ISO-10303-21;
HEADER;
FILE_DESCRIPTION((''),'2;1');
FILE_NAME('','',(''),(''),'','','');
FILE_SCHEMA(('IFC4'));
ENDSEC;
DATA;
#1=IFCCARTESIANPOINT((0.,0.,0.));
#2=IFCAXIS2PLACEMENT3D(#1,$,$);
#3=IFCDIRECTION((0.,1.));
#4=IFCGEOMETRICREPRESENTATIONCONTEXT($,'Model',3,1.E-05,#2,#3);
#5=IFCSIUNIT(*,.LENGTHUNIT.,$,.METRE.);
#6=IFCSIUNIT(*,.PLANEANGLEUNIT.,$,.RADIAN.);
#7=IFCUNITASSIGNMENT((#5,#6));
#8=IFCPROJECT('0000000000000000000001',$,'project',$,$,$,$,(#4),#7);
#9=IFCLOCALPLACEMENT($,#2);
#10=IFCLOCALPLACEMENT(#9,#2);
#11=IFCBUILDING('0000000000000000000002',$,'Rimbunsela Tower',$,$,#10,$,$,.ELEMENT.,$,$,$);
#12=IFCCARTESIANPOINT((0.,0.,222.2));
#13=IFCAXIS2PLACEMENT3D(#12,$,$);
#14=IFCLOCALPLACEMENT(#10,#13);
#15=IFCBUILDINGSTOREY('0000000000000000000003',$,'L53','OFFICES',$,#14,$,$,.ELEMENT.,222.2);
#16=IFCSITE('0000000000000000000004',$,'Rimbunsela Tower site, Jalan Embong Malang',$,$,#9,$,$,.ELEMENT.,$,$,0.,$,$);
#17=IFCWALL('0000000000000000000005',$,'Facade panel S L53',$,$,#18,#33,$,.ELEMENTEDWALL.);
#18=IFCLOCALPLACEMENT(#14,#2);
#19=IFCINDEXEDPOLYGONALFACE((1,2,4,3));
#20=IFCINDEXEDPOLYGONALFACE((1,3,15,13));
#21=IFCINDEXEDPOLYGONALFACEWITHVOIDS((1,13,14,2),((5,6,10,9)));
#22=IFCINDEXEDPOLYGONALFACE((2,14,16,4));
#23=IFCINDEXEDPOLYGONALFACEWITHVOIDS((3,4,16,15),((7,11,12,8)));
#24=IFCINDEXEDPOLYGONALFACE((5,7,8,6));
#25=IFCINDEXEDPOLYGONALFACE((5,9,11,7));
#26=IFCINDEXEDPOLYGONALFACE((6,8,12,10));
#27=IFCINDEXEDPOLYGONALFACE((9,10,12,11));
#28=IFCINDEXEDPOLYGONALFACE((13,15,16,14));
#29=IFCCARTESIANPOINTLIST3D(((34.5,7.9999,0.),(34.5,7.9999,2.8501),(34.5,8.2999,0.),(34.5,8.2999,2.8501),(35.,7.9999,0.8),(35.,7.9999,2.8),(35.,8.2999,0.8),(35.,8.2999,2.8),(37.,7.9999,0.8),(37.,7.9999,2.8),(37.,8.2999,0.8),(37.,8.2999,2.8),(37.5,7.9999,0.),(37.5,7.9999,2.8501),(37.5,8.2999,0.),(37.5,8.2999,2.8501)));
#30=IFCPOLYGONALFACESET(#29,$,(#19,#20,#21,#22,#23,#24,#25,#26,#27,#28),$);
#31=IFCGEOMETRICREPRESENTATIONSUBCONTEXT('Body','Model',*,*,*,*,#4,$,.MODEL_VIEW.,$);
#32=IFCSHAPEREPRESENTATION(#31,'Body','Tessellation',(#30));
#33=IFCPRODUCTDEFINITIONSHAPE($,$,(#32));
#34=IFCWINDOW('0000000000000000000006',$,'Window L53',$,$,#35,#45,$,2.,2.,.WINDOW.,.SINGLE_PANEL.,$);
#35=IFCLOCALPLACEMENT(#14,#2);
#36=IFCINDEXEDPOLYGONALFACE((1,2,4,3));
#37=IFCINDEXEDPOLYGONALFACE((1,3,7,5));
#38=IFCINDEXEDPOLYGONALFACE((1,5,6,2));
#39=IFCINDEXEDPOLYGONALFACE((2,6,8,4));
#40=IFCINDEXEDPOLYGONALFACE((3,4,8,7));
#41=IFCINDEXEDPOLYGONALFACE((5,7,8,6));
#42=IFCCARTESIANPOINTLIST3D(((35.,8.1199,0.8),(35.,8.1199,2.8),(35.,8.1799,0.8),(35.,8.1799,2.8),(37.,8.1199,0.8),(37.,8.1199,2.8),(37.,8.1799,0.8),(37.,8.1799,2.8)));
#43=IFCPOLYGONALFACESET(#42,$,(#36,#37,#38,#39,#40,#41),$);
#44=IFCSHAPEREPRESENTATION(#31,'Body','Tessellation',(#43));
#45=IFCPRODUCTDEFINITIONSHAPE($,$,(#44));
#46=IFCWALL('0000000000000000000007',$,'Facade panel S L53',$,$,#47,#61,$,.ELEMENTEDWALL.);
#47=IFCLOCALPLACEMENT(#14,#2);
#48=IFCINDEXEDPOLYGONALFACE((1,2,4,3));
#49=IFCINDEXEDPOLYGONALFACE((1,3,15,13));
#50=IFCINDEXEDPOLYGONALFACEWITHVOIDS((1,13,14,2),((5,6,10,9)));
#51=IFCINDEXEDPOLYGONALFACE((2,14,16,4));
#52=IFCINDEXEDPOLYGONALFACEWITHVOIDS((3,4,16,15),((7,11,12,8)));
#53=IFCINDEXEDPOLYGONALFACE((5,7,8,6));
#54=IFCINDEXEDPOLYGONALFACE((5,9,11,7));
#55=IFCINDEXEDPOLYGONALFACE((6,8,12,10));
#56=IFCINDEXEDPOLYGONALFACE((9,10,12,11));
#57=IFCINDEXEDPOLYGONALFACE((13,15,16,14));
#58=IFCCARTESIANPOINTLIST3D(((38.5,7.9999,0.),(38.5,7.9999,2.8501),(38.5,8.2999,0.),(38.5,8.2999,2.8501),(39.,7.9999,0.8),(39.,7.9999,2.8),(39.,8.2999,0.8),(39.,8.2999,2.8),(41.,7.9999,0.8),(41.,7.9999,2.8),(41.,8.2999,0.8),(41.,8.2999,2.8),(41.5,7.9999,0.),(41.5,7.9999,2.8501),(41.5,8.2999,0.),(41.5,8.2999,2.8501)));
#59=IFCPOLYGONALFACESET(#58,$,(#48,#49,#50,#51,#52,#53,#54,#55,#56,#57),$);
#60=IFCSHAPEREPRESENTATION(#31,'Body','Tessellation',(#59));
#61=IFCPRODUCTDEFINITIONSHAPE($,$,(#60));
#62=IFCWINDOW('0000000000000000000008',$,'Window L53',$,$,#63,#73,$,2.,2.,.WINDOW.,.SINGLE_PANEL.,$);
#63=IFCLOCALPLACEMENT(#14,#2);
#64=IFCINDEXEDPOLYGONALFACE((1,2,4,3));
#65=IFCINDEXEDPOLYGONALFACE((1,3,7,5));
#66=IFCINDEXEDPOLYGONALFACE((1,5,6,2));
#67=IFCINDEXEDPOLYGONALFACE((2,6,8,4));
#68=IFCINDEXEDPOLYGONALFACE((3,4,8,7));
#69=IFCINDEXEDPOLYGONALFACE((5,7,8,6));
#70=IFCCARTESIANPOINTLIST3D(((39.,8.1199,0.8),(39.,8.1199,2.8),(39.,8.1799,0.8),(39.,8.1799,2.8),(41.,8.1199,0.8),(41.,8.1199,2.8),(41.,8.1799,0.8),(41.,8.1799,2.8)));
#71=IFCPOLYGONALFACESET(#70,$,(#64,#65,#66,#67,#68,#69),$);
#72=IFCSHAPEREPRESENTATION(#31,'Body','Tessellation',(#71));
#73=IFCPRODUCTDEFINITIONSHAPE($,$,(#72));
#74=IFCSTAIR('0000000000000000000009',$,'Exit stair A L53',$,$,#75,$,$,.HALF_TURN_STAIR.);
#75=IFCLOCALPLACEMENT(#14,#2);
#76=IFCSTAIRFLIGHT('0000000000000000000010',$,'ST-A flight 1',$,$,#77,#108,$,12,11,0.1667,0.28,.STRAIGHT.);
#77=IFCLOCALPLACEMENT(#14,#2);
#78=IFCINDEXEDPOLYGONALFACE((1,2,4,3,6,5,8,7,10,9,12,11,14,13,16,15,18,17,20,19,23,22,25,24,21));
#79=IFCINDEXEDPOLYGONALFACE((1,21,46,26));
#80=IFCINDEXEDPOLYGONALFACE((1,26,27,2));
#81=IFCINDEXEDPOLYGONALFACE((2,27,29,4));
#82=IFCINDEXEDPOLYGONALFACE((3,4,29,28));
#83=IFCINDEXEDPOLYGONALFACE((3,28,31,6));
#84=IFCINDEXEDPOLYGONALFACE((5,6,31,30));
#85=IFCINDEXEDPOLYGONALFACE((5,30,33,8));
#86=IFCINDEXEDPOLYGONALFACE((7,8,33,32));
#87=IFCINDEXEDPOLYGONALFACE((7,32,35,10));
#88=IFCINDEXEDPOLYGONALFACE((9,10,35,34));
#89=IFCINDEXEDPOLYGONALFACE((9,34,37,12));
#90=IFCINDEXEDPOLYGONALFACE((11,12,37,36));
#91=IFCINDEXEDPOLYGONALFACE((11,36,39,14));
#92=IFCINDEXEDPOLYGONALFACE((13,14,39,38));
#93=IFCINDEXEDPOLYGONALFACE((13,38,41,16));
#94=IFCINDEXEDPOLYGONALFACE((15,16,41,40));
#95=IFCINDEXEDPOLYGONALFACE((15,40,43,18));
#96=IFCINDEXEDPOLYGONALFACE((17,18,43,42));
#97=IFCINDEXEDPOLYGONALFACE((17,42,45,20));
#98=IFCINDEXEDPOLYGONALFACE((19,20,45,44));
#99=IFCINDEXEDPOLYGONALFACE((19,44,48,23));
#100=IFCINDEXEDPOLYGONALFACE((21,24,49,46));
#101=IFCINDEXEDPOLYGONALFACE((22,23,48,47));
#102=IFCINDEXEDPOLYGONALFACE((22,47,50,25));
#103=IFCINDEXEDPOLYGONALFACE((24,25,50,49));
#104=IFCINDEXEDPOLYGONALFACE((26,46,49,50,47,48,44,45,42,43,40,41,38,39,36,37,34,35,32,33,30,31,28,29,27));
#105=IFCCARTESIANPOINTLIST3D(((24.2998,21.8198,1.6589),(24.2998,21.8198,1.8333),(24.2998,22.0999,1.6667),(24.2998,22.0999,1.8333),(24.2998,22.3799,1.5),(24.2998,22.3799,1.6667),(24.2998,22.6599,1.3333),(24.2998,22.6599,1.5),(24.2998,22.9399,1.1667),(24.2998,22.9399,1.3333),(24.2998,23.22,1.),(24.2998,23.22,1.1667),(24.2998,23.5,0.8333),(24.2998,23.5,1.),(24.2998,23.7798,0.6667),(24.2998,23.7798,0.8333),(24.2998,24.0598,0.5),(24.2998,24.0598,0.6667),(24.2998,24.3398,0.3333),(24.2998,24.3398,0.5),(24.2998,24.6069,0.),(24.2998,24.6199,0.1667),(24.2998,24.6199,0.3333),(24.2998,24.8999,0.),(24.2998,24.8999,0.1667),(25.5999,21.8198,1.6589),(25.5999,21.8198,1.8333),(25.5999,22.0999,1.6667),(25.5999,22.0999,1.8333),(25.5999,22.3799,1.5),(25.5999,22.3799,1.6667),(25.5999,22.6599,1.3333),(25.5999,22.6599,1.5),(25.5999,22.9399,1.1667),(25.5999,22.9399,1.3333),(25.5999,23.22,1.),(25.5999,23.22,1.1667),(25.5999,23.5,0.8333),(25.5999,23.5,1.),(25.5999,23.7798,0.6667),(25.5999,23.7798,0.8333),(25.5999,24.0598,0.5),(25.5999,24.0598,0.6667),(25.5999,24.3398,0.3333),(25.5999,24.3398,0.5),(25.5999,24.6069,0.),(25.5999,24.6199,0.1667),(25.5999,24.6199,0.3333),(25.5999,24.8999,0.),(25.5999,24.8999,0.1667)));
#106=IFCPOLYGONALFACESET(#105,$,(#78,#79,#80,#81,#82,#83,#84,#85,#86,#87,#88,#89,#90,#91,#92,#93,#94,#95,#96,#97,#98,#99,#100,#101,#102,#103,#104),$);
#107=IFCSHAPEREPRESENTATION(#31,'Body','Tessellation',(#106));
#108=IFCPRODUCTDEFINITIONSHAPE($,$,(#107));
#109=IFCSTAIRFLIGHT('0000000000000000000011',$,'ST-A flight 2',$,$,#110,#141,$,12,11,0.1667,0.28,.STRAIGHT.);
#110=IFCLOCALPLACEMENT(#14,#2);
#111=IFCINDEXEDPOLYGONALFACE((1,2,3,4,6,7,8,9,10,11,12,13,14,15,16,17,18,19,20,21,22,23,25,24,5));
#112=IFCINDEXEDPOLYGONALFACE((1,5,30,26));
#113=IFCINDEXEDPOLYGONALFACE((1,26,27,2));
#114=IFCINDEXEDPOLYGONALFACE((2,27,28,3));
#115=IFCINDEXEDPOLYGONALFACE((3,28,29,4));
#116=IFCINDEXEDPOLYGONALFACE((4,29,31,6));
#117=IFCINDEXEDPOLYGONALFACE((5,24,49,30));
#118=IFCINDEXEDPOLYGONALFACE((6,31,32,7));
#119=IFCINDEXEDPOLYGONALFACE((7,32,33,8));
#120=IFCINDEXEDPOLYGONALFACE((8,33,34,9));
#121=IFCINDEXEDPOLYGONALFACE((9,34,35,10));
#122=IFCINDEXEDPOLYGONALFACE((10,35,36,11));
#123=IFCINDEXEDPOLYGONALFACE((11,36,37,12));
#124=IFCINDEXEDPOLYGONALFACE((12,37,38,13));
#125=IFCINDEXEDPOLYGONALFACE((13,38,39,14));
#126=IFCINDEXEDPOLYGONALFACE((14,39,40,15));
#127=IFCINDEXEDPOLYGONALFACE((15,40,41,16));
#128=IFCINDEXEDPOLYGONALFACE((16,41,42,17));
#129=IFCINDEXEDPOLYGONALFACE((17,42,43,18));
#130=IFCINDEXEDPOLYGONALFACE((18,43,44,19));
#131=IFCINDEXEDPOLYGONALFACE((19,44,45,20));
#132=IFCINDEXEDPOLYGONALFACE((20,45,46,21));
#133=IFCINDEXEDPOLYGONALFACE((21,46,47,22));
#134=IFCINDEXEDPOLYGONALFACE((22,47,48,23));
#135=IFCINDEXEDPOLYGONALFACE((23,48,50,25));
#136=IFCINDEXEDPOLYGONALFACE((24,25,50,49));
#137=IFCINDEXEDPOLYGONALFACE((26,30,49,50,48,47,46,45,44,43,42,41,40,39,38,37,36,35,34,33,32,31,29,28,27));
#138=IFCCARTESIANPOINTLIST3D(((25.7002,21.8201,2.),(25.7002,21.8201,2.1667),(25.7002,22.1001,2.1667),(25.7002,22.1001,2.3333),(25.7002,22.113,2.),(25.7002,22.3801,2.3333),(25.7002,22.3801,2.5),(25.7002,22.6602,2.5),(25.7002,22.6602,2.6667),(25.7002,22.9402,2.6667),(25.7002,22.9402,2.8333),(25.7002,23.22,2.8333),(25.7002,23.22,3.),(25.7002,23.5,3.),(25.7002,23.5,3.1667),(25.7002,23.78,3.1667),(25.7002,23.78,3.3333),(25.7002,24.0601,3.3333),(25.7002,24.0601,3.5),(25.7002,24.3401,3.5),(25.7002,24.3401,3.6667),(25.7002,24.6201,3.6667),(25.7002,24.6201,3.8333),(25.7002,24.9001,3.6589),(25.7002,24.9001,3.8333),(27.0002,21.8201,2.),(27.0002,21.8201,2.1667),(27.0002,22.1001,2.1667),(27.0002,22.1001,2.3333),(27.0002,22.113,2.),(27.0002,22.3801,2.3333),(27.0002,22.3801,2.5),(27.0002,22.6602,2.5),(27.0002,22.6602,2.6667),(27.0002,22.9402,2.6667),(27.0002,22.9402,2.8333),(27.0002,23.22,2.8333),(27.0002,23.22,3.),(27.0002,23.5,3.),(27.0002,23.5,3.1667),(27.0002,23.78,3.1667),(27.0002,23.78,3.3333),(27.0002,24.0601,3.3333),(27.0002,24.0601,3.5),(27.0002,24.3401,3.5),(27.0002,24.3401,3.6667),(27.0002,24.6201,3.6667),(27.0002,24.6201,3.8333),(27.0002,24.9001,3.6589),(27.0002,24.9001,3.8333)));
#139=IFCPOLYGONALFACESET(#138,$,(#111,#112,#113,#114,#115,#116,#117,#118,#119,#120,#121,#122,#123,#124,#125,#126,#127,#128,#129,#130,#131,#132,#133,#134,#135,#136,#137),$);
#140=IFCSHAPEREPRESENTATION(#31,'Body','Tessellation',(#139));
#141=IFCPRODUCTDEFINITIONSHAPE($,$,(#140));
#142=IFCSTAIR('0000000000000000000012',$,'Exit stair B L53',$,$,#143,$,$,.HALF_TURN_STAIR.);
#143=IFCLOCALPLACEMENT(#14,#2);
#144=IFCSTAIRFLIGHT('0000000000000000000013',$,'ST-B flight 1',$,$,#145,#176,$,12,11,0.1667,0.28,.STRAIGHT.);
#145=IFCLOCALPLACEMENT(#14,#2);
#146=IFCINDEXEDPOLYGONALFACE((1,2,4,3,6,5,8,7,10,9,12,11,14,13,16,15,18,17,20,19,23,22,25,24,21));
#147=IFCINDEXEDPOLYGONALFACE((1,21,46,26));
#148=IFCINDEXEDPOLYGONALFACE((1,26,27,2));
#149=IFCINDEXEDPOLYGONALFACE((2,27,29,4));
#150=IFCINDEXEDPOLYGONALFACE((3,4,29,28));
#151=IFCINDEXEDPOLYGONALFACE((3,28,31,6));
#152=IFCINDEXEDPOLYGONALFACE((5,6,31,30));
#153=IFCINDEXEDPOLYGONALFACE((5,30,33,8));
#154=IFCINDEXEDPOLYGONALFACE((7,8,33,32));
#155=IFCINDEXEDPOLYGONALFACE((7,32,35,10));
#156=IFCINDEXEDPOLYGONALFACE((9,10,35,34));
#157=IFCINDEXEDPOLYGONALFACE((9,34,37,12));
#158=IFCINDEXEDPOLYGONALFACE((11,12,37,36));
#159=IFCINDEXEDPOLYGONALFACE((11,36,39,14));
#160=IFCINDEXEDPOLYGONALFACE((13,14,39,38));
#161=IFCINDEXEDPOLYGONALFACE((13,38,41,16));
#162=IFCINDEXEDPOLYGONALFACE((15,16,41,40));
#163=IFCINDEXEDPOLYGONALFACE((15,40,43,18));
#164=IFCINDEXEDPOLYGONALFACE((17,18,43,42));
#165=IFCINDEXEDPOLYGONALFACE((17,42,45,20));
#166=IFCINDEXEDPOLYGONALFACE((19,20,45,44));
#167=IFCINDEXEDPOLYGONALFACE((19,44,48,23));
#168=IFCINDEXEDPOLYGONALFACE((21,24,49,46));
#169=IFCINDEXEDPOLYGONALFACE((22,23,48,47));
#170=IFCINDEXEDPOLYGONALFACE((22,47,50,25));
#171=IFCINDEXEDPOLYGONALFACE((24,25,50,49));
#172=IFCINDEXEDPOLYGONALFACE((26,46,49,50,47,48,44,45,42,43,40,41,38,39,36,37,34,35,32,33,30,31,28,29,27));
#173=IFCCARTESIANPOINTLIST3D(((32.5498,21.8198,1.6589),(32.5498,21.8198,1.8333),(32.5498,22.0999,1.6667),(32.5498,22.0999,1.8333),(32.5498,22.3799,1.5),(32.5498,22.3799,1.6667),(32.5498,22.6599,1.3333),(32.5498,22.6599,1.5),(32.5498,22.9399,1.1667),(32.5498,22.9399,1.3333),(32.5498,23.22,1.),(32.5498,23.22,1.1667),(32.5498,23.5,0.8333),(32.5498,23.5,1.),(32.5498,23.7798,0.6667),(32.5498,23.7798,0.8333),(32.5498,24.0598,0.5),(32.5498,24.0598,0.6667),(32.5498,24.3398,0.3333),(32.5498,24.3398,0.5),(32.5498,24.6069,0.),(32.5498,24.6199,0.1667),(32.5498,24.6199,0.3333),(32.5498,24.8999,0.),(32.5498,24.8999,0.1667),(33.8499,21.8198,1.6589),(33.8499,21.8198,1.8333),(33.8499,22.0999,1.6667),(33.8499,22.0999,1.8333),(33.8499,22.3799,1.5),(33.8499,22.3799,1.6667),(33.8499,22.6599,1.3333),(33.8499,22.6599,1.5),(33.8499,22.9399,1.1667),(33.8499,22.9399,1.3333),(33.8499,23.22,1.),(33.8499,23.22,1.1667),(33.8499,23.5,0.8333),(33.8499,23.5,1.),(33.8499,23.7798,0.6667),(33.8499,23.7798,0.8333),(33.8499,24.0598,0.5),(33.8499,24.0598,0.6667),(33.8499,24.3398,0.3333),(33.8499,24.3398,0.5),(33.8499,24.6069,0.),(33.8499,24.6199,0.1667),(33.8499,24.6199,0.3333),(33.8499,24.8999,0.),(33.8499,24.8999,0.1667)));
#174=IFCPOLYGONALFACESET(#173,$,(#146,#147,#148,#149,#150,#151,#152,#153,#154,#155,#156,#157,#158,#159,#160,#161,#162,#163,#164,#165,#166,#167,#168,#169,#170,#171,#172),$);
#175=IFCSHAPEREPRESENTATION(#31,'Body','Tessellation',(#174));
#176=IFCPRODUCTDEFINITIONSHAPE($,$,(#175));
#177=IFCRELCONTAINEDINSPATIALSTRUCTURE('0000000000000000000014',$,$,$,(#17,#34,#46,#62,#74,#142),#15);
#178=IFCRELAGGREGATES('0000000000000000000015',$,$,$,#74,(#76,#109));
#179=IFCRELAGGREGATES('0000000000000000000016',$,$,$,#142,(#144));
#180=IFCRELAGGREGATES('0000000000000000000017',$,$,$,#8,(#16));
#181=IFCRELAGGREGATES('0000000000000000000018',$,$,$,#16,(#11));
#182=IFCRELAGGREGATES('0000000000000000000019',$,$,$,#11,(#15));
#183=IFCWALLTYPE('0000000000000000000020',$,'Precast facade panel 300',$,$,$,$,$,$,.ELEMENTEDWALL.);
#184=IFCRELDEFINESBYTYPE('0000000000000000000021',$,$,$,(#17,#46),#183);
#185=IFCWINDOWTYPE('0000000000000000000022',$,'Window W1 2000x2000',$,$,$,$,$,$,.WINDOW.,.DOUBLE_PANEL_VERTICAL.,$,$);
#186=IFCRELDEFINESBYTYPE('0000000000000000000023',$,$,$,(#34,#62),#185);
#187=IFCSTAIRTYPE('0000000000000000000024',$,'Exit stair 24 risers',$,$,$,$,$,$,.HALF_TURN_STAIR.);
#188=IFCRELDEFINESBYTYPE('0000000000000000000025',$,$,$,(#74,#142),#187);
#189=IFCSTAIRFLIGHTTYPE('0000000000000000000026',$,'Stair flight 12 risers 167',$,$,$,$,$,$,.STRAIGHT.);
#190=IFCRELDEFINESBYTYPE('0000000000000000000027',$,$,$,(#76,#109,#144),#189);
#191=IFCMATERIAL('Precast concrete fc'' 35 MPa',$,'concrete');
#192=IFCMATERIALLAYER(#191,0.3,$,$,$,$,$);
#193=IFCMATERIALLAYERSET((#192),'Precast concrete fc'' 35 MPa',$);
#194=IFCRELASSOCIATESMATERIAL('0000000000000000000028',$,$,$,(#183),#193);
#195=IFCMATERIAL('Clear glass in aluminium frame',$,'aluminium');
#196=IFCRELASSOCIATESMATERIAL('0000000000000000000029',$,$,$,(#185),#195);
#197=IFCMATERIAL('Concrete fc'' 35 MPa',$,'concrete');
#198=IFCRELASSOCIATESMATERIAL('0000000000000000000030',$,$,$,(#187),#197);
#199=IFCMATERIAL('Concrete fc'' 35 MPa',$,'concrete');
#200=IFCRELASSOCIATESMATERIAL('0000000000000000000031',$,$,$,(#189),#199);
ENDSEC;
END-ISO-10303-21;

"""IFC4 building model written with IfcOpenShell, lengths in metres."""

from ifc_helpers import new_model, si_unit, direction, frame, frame_2d, origin, place, context, subcontext, project, spatial, polyline, rectangle, outline, extrude, material, layer, layer_set, type_object, element, fill, aggregate, save


model = new_model("IFC4")

# Units and contexts
model_context = context("Model", 3, precision=1e-05, world=origin(), true_north=direction((0.0, 1.0)))
body_context = subcontext(model_context, "Body", "Model", "MODEL_VIEW")
ifc_project = project(units=[si_unit("LENGTHUNIT", "METRE"), si_unit("PLANEANGLEUNIT", "RADIAN")], contexts=[model_context])

# Site, building, storey
site_placement = place(None, origin())
site = spatial("IfcSite", under=ifc_project, at=site_placement, Name="Rimbunsela Tower site, Jalan Embong Malang", CompositionType="ELEMENT", RefElevation=0.0)
building_placement = place(site_placement, origin())
building = spatial("IfcBuilding", under=site, at=building_placement, Name="Rimbunsela Tower", CompositionType="ELEMENT")
storey_placement = place(building_placement, frame((0.0, 0.0, 222.2)))
storey = spatial("IfcBuildingStorey", under=building, at=storey_placement, Name="L53", Description="OFFICES", CompositionType="ELEMENT", Elevation=222.2)

# Walls, openings, windows
ifc_material_1 = material(Name="Precast concrete fc' 35 MPa", Category="concrete")
ifc_layer_1 = layer(ifc_material_1, 0.3)
ifc_layer_set_1 = layer_set([ifc_layer_1], Name="Precast concrete fc' 35 MPa")
wall_type_1 = type_object("IfcWallType", Name="Precast facade panel 300", PredefinedType="ELEMENTEDWALL", material=ifc_layer_set_1)
wall_1_placement = place(storey_placement, frame((34.5, 8.1499, 0.0), z_axis=(0.0, 0.0, 1.0), x_axis=(1.0, 0.0, 0.0)))
wall_1 = element("IfcWall", 1, at=wall_1_placement, inside=storey, type_object=wall_type_1, Name="Facade panel S L53", PredefinedType="ELEMENTEDWALL", context=body_context, shape_type="SweptSolid", body=[
    extrude(rectangle(XDim=3.0, YDim=0.3, at=frame_2d((1.5, 0.0))), origin(), (0.0, 0.0, 1.0), 2.8501),
])
opening_1_placement = place(wall_1_placement, frame((0.5, 0.0, 0.8)))
opening_1 = element("IfcOpeningElement", 2, at=opening_1_placement, cuts=wall_1, PredefinedType="OPENING", context=body_context, shape_type="SweptSolid", body=[
    extrude(rectangle(XDim=2.0, YDim=2.0, at=frame_2d((1.0, 1.0))), frame((0.0, 0.1599, 0.0), z_axis=(0.0, -1.0, 0.0), x_axis=(1.0, 0.0, 0.0)), (0.0, 0.0, 1.0), 0.3201),
])
ifc_material_2 = material(Name="Clear glass in aluminium frame", Category="aluminium")
window_type = type_object("IfcWindowType", Name="Window W1 2000x2000", PartitioningType="DOUBLE_PANEL_VERTICAL", PredefinedType="WINDOW", material=ifc_material_2)
window_1_placement = place(opening_1_placement, origin())
window_1 = element("IfcWindow", 3, at=window_1_placement, inside=storey, type_object=window_type, Name="Window L53", OverallHeight=2.0, OverallWidth=2.0, PartitioningType="SINGLE_PANEL", PredefinedType="WINDOW", context=body_context, shape_type="SweptSolid", body=[
    extrude(rectangle(XDim=2.0, YDim=2.0, at=frame_2d((1.0, 1.0))), frame((0.0, 0.03, 0.0), z_axis=(0.0, -1.0, 0.0), x_axis=(1.0, 0.0, 0.0)), (0.0, 0.0, 1.0), 0.0601),
])
fill(opening_1, window_1)
wall_2_placement = place(storey_placement, frame((38.5, 8.1499, 0.0), z_axis=(0.0, 0.0, 1.0), x_axis=(1.0, 0.0, 0.0)))
wall_2 = element("IfcWall", 4, at=wall_2_placement, inside=storey, type_object=wall_type_1, Name="Facade panel S L53", PredefinedType="ELEMENTEDWALL", context=body_context, shape_type="SweptSolid", body=[
    extrude(rectangle(XDim=3.0, YDim=0.3, at=frame_2d((1.5, 0.0))), origin(), (0.0, 0.0, 1.0), 2.8501),
])
opening_2_placement = place(wall_2_placement, frame((0.5, 0.0, 0.8)))
opening_2 = element("IfcOpeningElement", 5, at=opening_2_placement, cuts=wall_2, PredefinedType="OPENING", context=body_context, shape_type="SweptSolid", body=[
    extrude(rectangle(XDim=2.0, YDim=2.0, at=frame_2d((1.0, 1.0))), frame((0.0, 0.1599, 0.0), z_axis=(0.0, -1.0, 0.0), x_axis=(1.0, 0.0, 0.0)), (0.0, 0.0, 1.0), 0.3201),
])
window_2_placement = place(opening_2_placement, origin())
window_2 = element("IfcWindow", 6, at=window_2_placement, inside=storey, type_object=window_type, Name="Window L53", OverallHeight=2.0, OverallWidth=2.0, PartitioningType="SINGLE_PANEL", PredefinedType="WINDOW", context=body_context, shape_type="SweptSolid", body=[
    extrude(rectangle(XDim=2.0, YDim=2.0, at=frame_2d((1.0, 1.0))), frame((0.0, 0.03, 0.0), z_axis=(0.0, -1.0, 0.0), x_axis=(1.0, 0.0, 0.0)), (0.0, 0.0, 1.0), 0.0601),
])
fill(opening_2, window_2)

# Stairs, stair flights
ifc_material_3 = material(Name="Concrete fc' 35 MPa", Category="concrete")
stair_type = type_object("IfcStairType", Name="Exit stair 24 risers", PredefinedType="HALF_TURN_STAIR", material=ifc_material_3)
stair_1_placement = place(storey_placement, origin())
stair_1 = element("IfcStair", 7, at=stair_1_placement, inside=storey, type_object=stair_type, Name="Exit stair A L53", PredefinedType="HALF_TURN_STAIR")
ifc_material_4 = material(Name="Concrete fc' 35 MPa", Category="concrete")
stair_flight_type = type_object("IfcStairFlightType", Name="Stair flight 12 risers 167", PredefinedType="STRAIGHT", material=ifc_material_4)
stair_flight_1_placement = place(storey_placement, frame((24.95, 24.8999, 0.0), z_axis=(0.0, 0.0, 1.0), x_axis=(0.0, -1.0, 0.0)))
stair_flight_1 = element("IfcStairFlight", 8, at=stair_flight_1_placement, type_object=stair_flight_type, Name="ST-A flight 1", NumberOfRisers=12, NumberOfTreads=11, PredefinedType="STRAIGHT", RiserHeight=0.1667, TreadLength=0.28, context=body_context, shape_type="SweptSolid", body=[
    extrude(outline(polyline([(0.0, 0.0), (0.0, 0.1667), (0.28, 0.1667), (0.28, 0.3333), (0.5601, 0.3333), (0.5601, 0.5), (0.8401, 0.5), (0.8401, 0.6667), (1.1201, 0.6667), (1.1201, 0.8333), (1.3999, 0.8333), (1.3999, 1.0), (1.6799, 1.0), (1.6799, 1.1667), (1.96, 1.1667), (1.96, 1.3333), (2.24, 1.3333), (2.24, 1.5), (2.52, 1.5), (2.52, 1.6667), (2.8, 1.6667), (2.8, 1.8333), (3.0801, 1.8333), (3.0801, 2.0), (3.0801, 1.6589), (0.293, 0.0), (0.0, 0.0)])), frame((0.0, 0.6499, 0.0), z_axis=(0.0, -1.0, 0.0), x_axis=(1.0, 0.0, 0.0)), (0.0, 0.0, 1.0), 1.3),
])
stair_flight_2_placement = place(storey_placement, frame((26.3501, 21.8201, 2.0), z_axis=(0.0, 0.0, 1.0), x_axis=(0.0, 1.0, 0.0)))
stair_flight_2 = element("IfcStairFlight", 9, at=stair_flight_2_placement, type_object=stair_flight_type, Name="ST-A flight 2", NumberOfRisers=12, NumberOfTreads=11, PredefinedType="STRAIGHT", RiserHeight=0.1667, TreadLength=0.28, context=body_context, shape_type="SweptSolid", body=[
    extrude(outline(polyline([(0.0, 0.0), (0.0, 0.1667), (0.28, 0.1667), (0.28, 0.3333), (0.5601, 0.3333), (0.5601, 0.5), (0.8401, 0.5), (0.8401, 0.6667), (1.1201, 0.6667), (1.1201, 0.8333), (1.3999, 0.8333), (1.3999, 1.0), (1.6799, 1.0), (1.6799, 1.1667), (1.96, 1.1667), (1.96, 1.3333), (2.24, 1.3333), (2.24, 1.5), (2.52, 1.5), (2.52, 1.6667), (2.8, 1.6667), (2.8, 1.8333), (3.0801, 1.8333), (3.0801, 2.0), (3.0801, 1.6589), (0.293, 0.0), (0.0, 0.0)])), frame((0.0, 0.6499, 0.0), z_axis=(0.0, -1.0, 0.0), x_axis=(1.0, 0.0, 0.0)), (0.0, 0.0, 1.0), 1.3),
])
aggregate(stair_1, [stair_flight_1, stair_flight_2])
stair_2_placement = place(storey_placement, origin())
stair_2 = element("IfcStair", 10, at=stair_2_placement, inside=storey, type_object=stair_type, Name="Exit stair B L53", PredefinedType="HALF_TURN_STAIR")
stair_flight_3_placement = place(storey_placement, frame((33.2, 24.8999, 0.0), z_axis=(0.0, 0.0, 1.0), x_axis=(0.0, -1.0, 0.0)))
stair_flight_3 = element("IfcStairFlight", 11, at=stair_flight_3_placement, type_object=stair_flight_type, Name="ST-B flight 1", NumberOfRisers=12, NumberOfTreads=11, PredefinedType="STRAIGHT", RiserHeight=0.1667, TreadLength=0.28, context=body_context, shape_type="SweptSolid", body=[
    extrude(outline(polyline([(0.0, 0.0), (0.0, 0.1667), (0.28, 0.1667), (0.28, 0.3333), (0.5601, 0.3333), (0.5601, 0.5), (0.8401, 0.5), (0.8401, 0.6667), (1.1201, 0.6667), (1.1201, 0.8333), (1.3999, 0.8333), (1.3999, 1.0), (1.6799, 1.0), (1.6799, 1.1667), (1.96, 1.1667), (1.96, 1.3333), (2.24, 1.3333), (2.24, 1.5), (2.52, 1.5), (2.52, 1.6667), (2.8, 1.6667), (2.8, 1.8333), (3.0801, 1.8333), (3.0801, 2.0), (3.0801, 1.6589), (0.293, 0.0), (0.0, 0.0)])), frame((0.0, 0.6499, 0.0), z_axis=(0.0, -1.0, 0.0), x_axis=(1.0, 0.0, 0.0)), (0.0, 0.0, 1.0), 1.3),
])
aggregate(stair_2, [stair_flight_3])

save(model, "model.ifc")
